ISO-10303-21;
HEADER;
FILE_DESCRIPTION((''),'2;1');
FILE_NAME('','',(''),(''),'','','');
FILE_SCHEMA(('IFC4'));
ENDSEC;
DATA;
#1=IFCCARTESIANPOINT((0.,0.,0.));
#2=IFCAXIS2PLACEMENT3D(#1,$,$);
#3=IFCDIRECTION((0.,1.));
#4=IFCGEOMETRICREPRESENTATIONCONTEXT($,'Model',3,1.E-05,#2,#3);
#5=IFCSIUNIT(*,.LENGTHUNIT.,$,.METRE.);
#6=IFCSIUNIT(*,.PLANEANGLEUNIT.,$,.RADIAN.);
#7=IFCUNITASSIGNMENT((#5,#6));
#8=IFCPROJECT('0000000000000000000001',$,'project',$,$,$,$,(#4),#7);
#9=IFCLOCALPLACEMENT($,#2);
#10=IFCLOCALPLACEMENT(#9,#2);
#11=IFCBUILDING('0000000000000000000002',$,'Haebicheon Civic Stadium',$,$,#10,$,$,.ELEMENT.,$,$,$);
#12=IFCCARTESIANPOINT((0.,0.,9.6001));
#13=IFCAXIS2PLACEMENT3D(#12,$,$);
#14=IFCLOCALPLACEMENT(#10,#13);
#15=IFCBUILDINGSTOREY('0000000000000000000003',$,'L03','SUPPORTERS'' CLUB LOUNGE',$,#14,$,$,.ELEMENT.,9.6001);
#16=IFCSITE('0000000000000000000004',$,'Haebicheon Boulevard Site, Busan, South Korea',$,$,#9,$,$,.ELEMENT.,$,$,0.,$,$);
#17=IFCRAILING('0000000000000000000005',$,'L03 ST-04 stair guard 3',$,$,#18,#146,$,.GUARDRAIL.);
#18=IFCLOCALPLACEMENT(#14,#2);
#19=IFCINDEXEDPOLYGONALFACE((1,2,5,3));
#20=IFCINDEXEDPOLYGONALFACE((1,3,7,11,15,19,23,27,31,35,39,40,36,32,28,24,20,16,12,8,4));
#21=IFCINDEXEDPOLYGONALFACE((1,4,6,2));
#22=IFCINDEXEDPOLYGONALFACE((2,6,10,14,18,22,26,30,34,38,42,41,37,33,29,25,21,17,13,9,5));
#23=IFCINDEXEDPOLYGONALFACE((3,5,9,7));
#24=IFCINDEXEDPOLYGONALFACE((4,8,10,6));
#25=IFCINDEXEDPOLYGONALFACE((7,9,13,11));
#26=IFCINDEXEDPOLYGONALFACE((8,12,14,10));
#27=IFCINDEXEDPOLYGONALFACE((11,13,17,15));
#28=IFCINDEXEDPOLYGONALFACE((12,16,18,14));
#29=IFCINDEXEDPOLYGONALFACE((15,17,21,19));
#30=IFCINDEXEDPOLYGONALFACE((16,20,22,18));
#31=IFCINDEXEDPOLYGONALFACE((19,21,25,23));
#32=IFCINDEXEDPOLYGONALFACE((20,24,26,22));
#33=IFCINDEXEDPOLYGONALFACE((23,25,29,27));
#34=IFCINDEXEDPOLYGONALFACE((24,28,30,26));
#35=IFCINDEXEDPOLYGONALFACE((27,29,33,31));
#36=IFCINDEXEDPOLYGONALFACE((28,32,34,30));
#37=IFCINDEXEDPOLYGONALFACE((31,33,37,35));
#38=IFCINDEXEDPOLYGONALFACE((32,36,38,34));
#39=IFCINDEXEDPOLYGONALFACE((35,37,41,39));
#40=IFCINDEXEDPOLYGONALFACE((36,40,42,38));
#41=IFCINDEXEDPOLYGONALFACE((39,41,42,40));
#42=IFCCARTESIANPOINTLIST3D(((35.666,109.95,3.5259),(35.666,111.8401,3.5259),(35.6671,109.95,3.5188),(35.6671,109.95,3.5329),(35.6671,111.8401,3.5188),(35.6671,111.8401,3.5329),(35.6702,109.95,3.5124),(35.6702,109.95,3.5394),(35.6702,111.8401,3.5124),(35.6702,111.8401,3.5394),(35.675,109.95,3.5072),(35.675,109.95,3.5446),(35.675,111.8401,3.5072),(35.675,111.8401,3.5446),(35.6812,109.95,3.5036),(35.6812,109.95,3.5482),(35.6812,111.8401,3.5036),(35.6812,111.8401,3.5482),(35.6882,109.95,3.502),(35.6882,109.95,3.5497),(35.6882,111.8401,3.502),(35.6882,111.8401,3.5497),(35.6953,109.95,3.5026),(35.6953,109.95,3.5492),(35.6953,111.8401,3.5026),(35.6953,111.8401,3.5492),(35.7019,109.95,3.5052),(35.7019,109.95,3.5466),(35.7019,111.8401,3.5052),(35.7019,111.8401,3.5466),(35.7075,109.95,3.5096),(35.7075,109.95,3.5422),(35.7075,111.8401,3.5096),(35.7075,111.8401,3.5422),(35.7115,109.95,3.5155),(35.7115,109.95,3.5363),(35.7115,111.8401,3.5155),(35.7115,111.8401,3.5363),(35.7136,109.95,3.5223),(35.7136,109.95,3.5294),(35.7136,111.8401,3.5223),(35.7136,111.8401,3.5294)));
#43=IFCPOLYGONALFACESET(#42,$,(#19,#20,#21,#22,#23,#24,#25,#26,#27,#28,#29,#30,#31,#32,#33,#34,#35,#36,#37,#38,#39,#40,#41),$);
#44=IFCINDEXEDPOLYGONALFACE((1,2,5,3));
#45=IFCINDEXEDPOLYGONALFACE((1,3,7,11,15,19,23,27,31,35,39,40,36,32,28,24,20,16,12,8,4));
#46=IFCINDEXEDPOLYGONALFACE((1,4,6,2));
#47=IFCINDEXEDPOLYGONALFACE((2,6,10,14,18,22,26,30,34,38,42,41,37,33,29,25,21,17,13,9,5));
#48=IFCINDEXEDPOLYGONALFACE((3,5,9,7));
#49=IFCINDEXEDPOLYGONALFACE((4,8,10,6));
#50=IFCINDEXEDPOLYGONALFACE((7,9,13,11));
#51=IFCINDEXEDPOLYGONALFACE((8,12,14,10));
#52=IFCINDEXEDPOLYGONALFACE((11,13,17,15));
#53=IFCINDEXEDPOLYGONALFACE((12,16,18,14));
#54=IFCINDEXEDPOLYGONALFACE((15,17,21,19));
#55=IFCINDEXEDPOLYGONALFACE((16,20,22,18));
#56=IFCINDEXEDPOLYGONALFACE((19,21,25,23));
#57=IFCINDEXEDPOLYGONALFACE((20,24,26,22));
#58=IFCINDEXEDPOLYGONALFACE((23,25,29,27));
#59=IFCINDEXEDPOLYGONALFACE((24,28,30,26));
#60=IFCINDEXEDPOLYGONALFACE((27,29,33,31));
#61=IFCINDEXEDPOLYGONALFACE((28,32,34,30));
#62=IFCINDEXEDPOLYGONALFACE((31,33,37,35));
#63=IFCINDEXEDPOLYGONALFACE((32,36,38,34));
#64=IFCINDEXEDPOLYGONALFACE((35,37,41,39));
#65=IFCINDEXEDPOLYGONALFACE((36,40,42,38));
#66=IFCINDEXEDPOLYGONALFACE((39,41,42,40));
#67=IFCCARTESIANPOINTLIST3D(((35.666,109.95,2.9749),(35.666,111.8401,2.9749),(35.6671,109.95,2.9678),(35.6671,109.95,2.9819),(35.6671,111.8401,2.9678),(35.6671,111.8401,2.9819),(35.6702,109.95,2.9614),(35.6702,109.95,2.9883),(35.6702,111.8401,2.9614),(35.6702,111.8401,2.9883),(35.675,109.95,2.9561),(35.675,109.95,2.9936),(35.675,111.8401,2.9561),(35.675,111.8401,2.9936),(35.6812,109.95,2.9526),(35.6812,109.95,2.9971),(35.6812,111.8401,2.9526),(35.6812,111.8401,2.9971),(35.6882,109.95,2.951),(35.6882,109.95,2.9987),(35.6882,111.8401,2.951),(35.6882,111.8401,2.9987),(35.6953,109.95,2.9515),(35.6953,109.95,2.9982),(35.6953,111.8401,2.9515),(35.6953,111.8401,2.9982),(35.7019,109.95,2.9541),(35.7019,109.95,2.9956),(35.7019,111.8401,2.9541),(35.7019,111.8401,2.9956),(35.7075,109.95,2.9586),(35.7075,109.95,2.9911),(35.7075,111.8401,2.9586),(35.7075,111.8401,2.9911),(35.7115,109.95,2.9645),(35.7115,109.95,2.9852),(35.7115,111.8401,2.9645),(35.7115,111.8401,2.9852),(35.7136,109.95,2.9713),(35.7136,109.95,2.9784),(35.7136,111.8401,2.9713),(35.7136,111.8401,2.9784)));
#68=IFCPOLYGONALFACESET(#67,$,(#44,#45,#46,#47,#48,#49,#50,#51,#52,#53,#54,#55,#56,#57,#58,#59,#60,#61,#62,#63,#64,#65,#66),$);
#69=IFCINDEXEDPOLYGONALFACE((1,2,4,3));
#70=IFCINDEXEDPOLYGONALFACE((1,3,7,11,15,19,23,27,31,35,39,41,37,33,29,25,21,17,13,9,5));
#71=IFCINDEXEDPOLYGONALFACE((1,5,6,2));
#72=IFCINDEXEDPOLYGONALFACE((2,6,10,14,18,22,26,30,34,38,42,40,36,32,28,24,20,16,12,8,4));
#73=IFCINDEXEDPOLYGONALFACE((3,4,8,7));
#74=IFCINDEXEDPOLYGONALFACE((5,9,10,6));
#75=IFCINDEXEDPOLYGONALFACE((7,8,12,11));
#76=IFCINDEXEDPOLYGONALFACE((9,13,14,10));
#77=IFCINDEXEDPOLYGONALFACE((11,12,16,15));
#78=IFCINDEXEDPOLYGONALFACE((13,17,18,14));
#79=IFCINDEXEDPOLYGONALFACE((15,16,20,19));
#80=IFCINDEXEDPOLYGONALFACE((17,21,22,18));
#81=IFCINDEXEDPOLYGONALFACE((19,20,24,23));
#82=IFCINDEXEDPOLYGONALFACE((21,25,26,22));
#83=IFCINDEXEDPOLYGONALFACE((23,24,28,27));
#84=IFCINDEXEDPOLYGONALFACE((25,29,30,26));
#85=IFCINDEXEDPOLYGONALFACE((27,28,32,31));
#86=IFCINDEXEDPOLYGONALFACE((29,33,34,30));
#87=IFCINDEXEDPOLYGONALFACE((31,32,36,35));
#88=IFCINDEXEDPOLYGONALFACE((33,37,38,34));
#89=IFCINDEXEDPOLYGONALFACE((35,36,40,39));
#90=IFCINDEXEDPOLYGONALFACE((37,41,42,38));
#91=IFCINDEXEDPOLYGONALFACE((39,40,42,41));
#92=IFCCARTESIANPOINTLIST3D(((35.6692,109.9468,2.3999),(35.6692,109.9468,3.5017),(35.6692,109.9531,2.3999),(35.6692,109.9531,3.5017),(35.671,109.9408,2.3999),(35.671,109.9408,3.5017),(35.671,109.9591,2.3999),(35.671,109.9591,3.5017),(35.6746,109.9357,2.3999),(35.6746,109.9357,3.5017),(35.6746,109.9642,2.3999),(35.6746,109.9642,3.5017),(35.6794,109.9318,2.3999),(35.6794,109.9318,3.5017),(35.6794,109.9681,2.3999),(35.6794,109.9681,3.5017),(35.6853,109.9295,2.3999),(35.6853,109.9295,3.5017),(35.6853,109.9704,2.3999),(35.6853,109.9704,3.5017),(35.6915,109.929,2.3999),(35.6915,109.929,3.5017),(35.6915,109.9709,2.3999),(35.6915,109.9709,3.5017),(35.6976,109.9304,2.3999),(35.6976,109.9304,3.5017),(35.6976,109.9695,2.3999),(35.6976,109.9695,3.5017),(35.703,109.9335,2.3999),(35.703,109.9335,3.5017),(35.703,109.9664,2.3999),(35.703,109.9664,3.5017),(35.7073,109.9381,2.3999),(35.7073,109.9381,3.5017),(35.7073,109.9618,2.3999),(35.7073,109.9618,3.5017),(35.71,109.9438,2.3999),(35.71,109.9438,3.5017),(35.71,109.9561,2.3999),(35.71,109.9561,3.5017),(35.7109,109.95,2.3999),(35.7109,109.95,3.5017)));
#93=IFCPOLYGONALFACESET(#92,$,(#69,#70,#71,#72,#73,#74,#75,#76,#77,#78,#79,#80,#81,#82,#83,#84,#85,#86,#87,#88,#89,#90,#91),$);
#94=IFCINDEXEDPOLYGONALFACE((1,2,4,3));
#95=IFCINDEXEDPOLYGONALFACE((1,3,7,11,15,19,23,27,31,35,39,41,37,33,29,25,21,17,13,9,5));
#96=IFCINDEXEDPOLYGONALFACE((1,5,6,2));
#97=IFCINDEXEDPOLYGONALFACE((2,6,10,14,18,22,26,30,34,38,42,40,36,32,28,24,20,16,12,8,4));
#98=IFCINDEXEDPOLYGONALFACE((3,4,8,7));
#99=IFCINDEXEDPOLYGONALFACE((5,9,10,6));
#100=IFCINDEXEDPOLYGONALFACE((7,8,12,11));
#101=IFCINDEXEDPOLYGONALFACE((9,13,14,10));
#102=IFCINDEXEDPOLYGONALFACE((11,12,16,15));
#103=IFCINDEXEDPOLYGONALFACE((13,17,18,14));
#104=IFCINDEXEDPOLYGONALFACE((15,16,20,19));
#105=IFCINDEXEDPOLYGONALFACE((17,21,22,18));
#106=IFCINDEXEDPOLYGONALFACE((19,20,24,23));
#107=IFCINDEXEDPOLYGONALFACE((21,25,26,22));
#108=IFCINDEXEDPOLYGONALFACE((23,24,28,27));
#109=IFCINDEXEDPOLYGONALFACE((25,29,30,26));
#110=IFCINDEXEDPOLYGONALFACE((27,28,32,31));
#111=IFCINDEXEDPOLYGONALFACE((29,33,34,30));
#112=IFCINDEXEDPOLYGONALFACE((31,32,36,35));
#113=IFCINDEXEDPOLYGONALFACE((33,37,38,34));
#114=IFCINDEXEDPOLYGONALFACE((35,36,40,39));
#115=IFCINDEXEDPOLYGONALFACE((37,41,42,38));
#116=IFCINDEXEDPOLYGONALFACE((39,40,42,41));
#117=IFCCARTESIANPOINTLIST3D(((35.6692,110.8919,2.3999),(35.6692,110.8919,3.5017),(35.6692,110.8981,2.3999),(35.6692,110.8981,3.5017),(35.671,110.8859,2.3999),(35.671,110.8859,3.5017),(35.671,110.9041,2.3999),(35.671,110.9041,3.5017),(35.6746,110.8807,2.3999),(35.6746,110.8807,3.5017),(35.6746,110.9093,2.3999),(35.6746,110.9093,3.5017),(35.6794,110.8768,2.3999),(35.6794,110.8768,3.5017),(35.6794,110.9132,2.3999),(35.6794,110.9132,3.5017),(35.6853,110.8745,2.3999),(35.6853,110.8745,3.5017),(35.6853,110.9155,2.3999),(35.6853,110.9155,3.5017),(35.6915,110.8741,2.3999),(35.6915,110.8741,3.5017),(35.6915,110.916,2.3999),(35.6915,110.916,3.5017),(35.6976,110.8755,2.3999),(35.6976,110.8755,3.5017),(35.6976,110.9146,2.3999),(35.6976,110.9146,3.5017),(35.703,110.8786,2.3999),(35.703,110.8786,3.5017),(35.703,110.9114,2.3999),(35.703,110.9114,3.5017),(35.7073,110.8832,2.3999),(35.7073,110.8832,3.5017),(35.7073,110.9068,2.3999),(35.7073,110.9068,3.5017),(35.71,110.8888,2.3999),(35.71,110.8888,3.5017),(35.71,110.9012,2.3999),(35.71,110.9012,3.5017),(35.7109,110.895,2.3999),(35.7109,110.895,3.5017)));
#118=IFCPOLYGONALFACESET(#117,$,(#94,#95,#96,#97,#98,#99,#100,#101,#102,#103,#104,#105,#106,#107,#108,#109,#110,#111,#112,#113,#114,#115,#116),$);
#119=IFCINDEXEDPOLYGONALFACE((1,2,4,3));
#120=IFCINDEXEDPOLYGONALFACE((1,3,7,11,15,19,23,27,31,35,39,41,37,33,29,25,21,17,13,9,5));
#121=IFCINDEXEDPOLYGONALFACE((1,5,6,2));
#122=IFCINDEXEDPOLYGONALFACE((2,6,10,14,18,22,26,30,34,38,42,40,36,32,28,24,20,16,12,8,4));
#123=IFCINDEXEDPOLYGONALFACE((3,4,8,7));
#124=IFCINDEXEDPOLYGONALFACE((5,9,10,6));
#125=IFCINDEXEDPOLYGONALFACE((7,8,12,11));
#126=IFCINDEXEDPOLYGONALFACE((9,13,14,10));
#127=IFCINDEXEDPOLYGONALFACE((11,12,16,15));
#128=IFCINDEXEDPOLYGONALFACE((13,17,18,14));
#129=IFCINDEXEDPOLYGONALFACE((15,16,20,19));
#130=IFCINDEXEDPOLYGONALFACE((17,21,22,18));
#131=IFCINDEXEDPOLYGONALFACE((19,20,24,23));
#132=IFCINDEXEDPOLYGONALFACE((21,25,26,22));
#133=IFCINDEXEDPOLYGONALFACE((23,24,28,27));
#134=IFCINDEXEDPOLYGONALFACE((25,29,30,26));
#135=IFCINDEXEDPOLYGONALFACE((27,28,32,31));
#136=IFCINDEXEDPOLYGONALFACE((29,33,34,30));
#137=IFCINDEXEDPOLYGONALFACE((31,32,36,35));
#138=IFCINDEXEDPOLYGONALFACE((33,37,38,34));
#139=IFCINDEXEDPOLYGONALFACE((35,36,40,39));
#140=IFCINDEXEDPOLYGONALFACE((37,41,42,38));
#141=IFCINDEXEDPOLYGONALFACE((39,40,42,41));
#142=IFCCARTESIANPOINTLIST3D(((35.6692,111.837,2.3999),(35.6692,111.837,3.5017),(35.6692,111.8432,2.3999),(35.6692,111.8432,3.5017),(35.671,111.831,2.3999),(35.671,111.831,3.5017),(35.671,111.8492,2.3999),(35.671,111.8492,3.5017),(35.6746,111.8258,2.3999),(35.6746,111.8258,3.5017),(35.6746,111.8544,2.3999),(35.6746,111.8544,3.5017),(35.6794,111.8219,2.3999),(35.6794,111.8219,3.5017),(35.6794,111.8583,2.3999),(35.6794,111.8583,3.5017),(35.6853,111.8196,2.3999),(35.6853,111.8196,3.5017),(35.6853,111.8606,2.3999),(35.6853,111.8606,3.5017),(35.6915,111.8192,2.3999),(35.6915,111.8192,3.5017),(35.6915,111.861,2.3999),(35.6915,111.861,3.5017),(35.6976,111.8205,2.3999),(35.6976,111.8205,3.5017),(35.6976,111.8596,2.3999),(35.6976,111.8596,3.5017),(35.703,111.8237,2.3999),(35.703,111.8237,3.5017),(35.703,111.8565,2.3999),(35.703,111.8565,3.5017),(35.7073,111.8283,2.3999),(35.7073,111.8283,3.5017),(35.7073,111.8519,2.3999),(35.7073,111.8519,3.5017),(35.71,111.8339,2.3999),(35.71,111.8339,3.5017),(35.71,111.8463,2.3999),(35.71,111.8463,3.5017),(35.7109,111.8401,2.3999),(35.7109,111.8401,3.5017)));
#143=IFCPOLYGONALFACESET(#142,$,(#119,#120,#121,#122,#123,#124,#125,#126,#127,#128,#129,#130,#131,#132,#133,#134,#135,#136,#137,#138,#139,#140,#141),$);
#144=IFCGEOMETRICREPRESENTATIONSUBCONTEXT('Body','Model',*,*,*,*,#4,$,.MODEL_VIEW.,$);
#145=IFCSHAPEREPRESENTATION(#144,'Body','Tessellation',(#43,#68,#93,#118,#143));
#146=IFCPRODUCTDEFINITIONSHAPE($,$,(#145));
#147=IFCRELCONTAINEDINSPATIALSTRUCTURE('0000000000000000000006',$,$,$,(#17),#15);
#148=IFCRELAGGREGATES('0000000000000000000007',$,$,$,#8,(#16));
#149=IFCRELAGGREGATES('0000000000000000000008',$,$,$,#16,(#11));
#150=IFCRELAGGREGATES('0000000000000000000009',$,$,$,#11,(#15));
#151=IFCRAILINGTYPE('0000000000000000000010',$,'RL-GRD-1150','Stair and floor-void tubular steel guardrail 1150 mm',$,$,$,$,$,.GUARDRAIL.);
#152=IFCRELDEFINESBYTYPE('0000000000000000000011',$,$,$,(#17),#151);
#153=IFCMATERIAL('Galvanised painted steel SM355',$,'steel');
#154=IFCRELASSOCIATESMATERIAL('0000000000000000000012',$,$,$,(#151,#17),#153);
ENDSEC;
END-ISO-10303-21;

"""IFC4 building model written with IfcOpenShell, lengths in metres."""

from ifc_helpers import new_model, si_unit, direction, frame, origin, origin_2d, place, context, subcontext, project, spatial, circle, extrude, material, type_object, element, save


model = new_model("IFC4")

# Units and contexts
model_context = context("Model", 3, precision=1e-05, world=origin(), true_north=direction((0.0, 1.0)))
body_context = subcontext(model_context, "Body", "Model", "MODEL_VIEW")
ifc_project = project(units=[si_unit("LENGTHUNIT", "METRE"), si_unit("PLANEANGLEUNIT", "RADIAN")], contexts=[model_context])

# Site, building, storey
site_placement = place(None, origin())
site = spatial("IfcSite", under=ifc_project, at=site_placement, Name="Haebicheon Boulevard Site, Busan, South Korea", CompositionType="ELEMENT", RefElevation=0.0)
building_placement = place(site_placement, origin())
building = spatial("IfcBuilding", under=site, at=building_placement, Name="Haebicheon Civic Stadium", CompositionType="ELEMENT")
storey_placement = place(building_placement, frame((0.0, 0.0, 9.6001)))
storey = spatial("IfcBuildingStorey", under=building, at=storey_placement, Name="L03", Description="SUPPORTERS' CLUB LOUNGE", CompositionType="ELEMENT", Elevation=9.6001)

# Railing
ifc_material_1 = material(Name="Galvanised painted steel SM355", Category="steel")
railing_type_1 = type_object("IfcRailingType", Name="RL-GRD-1150", Description="Stair and floor-void tubular steel guardrail 1150 mm", PredefinedType="GUARDRAIL", material=ifc_material_1)
for number, where, name in (
    (1, (35.6899, 109.95, 2.3999), "L03 ST-04 stair guard 3"),
):
    element("IfcRailing", number, at=place(storey_placement, frame(where)), inside=storey, type_object=railing_type_1, material=ifc_material_1, Name=name, PredefinedType="GUARDRAIL", context=body_context, shape_type="SweptSolid", body=[
        extrude(circle(Radius=0.0239, at=origin_2d()), frame((0.0, 0.0, 1.126), z_axis=(0.0, 1.0, 0.0), x_axis=(-1.0, 0.0, 0.0)), (0.0, 0.0, 1.0), 1.8901),
        extrude(circle(Radius=0.0239, at=origin_2d()), frame((0.0, 0.0, 0.575), z_axis=(0.0, 1.0, 0.0), x_axis=(-1.0, 0.0, 0.0)), (0.0, 0.0, 1.0), 1.8901),
        extrude(circle(Radius=0.021, at=origin_2d()), origin(), (0.0, 0.0, 1.0), 1.1018),
        extrude(circle(Radius=0.021, at=origin_2d()), frame((0.0, 0.9451, 0.0)), (0.0, 0.0, 1.0), 1.1018),
        extrude(circle(Radius=0.021, at=origin_2d()), frame((0.0, 1.8901, 0.0)), (0.0, 0.0, 1.0), 1.1018),
    ])

save(model, "model.ifc")
